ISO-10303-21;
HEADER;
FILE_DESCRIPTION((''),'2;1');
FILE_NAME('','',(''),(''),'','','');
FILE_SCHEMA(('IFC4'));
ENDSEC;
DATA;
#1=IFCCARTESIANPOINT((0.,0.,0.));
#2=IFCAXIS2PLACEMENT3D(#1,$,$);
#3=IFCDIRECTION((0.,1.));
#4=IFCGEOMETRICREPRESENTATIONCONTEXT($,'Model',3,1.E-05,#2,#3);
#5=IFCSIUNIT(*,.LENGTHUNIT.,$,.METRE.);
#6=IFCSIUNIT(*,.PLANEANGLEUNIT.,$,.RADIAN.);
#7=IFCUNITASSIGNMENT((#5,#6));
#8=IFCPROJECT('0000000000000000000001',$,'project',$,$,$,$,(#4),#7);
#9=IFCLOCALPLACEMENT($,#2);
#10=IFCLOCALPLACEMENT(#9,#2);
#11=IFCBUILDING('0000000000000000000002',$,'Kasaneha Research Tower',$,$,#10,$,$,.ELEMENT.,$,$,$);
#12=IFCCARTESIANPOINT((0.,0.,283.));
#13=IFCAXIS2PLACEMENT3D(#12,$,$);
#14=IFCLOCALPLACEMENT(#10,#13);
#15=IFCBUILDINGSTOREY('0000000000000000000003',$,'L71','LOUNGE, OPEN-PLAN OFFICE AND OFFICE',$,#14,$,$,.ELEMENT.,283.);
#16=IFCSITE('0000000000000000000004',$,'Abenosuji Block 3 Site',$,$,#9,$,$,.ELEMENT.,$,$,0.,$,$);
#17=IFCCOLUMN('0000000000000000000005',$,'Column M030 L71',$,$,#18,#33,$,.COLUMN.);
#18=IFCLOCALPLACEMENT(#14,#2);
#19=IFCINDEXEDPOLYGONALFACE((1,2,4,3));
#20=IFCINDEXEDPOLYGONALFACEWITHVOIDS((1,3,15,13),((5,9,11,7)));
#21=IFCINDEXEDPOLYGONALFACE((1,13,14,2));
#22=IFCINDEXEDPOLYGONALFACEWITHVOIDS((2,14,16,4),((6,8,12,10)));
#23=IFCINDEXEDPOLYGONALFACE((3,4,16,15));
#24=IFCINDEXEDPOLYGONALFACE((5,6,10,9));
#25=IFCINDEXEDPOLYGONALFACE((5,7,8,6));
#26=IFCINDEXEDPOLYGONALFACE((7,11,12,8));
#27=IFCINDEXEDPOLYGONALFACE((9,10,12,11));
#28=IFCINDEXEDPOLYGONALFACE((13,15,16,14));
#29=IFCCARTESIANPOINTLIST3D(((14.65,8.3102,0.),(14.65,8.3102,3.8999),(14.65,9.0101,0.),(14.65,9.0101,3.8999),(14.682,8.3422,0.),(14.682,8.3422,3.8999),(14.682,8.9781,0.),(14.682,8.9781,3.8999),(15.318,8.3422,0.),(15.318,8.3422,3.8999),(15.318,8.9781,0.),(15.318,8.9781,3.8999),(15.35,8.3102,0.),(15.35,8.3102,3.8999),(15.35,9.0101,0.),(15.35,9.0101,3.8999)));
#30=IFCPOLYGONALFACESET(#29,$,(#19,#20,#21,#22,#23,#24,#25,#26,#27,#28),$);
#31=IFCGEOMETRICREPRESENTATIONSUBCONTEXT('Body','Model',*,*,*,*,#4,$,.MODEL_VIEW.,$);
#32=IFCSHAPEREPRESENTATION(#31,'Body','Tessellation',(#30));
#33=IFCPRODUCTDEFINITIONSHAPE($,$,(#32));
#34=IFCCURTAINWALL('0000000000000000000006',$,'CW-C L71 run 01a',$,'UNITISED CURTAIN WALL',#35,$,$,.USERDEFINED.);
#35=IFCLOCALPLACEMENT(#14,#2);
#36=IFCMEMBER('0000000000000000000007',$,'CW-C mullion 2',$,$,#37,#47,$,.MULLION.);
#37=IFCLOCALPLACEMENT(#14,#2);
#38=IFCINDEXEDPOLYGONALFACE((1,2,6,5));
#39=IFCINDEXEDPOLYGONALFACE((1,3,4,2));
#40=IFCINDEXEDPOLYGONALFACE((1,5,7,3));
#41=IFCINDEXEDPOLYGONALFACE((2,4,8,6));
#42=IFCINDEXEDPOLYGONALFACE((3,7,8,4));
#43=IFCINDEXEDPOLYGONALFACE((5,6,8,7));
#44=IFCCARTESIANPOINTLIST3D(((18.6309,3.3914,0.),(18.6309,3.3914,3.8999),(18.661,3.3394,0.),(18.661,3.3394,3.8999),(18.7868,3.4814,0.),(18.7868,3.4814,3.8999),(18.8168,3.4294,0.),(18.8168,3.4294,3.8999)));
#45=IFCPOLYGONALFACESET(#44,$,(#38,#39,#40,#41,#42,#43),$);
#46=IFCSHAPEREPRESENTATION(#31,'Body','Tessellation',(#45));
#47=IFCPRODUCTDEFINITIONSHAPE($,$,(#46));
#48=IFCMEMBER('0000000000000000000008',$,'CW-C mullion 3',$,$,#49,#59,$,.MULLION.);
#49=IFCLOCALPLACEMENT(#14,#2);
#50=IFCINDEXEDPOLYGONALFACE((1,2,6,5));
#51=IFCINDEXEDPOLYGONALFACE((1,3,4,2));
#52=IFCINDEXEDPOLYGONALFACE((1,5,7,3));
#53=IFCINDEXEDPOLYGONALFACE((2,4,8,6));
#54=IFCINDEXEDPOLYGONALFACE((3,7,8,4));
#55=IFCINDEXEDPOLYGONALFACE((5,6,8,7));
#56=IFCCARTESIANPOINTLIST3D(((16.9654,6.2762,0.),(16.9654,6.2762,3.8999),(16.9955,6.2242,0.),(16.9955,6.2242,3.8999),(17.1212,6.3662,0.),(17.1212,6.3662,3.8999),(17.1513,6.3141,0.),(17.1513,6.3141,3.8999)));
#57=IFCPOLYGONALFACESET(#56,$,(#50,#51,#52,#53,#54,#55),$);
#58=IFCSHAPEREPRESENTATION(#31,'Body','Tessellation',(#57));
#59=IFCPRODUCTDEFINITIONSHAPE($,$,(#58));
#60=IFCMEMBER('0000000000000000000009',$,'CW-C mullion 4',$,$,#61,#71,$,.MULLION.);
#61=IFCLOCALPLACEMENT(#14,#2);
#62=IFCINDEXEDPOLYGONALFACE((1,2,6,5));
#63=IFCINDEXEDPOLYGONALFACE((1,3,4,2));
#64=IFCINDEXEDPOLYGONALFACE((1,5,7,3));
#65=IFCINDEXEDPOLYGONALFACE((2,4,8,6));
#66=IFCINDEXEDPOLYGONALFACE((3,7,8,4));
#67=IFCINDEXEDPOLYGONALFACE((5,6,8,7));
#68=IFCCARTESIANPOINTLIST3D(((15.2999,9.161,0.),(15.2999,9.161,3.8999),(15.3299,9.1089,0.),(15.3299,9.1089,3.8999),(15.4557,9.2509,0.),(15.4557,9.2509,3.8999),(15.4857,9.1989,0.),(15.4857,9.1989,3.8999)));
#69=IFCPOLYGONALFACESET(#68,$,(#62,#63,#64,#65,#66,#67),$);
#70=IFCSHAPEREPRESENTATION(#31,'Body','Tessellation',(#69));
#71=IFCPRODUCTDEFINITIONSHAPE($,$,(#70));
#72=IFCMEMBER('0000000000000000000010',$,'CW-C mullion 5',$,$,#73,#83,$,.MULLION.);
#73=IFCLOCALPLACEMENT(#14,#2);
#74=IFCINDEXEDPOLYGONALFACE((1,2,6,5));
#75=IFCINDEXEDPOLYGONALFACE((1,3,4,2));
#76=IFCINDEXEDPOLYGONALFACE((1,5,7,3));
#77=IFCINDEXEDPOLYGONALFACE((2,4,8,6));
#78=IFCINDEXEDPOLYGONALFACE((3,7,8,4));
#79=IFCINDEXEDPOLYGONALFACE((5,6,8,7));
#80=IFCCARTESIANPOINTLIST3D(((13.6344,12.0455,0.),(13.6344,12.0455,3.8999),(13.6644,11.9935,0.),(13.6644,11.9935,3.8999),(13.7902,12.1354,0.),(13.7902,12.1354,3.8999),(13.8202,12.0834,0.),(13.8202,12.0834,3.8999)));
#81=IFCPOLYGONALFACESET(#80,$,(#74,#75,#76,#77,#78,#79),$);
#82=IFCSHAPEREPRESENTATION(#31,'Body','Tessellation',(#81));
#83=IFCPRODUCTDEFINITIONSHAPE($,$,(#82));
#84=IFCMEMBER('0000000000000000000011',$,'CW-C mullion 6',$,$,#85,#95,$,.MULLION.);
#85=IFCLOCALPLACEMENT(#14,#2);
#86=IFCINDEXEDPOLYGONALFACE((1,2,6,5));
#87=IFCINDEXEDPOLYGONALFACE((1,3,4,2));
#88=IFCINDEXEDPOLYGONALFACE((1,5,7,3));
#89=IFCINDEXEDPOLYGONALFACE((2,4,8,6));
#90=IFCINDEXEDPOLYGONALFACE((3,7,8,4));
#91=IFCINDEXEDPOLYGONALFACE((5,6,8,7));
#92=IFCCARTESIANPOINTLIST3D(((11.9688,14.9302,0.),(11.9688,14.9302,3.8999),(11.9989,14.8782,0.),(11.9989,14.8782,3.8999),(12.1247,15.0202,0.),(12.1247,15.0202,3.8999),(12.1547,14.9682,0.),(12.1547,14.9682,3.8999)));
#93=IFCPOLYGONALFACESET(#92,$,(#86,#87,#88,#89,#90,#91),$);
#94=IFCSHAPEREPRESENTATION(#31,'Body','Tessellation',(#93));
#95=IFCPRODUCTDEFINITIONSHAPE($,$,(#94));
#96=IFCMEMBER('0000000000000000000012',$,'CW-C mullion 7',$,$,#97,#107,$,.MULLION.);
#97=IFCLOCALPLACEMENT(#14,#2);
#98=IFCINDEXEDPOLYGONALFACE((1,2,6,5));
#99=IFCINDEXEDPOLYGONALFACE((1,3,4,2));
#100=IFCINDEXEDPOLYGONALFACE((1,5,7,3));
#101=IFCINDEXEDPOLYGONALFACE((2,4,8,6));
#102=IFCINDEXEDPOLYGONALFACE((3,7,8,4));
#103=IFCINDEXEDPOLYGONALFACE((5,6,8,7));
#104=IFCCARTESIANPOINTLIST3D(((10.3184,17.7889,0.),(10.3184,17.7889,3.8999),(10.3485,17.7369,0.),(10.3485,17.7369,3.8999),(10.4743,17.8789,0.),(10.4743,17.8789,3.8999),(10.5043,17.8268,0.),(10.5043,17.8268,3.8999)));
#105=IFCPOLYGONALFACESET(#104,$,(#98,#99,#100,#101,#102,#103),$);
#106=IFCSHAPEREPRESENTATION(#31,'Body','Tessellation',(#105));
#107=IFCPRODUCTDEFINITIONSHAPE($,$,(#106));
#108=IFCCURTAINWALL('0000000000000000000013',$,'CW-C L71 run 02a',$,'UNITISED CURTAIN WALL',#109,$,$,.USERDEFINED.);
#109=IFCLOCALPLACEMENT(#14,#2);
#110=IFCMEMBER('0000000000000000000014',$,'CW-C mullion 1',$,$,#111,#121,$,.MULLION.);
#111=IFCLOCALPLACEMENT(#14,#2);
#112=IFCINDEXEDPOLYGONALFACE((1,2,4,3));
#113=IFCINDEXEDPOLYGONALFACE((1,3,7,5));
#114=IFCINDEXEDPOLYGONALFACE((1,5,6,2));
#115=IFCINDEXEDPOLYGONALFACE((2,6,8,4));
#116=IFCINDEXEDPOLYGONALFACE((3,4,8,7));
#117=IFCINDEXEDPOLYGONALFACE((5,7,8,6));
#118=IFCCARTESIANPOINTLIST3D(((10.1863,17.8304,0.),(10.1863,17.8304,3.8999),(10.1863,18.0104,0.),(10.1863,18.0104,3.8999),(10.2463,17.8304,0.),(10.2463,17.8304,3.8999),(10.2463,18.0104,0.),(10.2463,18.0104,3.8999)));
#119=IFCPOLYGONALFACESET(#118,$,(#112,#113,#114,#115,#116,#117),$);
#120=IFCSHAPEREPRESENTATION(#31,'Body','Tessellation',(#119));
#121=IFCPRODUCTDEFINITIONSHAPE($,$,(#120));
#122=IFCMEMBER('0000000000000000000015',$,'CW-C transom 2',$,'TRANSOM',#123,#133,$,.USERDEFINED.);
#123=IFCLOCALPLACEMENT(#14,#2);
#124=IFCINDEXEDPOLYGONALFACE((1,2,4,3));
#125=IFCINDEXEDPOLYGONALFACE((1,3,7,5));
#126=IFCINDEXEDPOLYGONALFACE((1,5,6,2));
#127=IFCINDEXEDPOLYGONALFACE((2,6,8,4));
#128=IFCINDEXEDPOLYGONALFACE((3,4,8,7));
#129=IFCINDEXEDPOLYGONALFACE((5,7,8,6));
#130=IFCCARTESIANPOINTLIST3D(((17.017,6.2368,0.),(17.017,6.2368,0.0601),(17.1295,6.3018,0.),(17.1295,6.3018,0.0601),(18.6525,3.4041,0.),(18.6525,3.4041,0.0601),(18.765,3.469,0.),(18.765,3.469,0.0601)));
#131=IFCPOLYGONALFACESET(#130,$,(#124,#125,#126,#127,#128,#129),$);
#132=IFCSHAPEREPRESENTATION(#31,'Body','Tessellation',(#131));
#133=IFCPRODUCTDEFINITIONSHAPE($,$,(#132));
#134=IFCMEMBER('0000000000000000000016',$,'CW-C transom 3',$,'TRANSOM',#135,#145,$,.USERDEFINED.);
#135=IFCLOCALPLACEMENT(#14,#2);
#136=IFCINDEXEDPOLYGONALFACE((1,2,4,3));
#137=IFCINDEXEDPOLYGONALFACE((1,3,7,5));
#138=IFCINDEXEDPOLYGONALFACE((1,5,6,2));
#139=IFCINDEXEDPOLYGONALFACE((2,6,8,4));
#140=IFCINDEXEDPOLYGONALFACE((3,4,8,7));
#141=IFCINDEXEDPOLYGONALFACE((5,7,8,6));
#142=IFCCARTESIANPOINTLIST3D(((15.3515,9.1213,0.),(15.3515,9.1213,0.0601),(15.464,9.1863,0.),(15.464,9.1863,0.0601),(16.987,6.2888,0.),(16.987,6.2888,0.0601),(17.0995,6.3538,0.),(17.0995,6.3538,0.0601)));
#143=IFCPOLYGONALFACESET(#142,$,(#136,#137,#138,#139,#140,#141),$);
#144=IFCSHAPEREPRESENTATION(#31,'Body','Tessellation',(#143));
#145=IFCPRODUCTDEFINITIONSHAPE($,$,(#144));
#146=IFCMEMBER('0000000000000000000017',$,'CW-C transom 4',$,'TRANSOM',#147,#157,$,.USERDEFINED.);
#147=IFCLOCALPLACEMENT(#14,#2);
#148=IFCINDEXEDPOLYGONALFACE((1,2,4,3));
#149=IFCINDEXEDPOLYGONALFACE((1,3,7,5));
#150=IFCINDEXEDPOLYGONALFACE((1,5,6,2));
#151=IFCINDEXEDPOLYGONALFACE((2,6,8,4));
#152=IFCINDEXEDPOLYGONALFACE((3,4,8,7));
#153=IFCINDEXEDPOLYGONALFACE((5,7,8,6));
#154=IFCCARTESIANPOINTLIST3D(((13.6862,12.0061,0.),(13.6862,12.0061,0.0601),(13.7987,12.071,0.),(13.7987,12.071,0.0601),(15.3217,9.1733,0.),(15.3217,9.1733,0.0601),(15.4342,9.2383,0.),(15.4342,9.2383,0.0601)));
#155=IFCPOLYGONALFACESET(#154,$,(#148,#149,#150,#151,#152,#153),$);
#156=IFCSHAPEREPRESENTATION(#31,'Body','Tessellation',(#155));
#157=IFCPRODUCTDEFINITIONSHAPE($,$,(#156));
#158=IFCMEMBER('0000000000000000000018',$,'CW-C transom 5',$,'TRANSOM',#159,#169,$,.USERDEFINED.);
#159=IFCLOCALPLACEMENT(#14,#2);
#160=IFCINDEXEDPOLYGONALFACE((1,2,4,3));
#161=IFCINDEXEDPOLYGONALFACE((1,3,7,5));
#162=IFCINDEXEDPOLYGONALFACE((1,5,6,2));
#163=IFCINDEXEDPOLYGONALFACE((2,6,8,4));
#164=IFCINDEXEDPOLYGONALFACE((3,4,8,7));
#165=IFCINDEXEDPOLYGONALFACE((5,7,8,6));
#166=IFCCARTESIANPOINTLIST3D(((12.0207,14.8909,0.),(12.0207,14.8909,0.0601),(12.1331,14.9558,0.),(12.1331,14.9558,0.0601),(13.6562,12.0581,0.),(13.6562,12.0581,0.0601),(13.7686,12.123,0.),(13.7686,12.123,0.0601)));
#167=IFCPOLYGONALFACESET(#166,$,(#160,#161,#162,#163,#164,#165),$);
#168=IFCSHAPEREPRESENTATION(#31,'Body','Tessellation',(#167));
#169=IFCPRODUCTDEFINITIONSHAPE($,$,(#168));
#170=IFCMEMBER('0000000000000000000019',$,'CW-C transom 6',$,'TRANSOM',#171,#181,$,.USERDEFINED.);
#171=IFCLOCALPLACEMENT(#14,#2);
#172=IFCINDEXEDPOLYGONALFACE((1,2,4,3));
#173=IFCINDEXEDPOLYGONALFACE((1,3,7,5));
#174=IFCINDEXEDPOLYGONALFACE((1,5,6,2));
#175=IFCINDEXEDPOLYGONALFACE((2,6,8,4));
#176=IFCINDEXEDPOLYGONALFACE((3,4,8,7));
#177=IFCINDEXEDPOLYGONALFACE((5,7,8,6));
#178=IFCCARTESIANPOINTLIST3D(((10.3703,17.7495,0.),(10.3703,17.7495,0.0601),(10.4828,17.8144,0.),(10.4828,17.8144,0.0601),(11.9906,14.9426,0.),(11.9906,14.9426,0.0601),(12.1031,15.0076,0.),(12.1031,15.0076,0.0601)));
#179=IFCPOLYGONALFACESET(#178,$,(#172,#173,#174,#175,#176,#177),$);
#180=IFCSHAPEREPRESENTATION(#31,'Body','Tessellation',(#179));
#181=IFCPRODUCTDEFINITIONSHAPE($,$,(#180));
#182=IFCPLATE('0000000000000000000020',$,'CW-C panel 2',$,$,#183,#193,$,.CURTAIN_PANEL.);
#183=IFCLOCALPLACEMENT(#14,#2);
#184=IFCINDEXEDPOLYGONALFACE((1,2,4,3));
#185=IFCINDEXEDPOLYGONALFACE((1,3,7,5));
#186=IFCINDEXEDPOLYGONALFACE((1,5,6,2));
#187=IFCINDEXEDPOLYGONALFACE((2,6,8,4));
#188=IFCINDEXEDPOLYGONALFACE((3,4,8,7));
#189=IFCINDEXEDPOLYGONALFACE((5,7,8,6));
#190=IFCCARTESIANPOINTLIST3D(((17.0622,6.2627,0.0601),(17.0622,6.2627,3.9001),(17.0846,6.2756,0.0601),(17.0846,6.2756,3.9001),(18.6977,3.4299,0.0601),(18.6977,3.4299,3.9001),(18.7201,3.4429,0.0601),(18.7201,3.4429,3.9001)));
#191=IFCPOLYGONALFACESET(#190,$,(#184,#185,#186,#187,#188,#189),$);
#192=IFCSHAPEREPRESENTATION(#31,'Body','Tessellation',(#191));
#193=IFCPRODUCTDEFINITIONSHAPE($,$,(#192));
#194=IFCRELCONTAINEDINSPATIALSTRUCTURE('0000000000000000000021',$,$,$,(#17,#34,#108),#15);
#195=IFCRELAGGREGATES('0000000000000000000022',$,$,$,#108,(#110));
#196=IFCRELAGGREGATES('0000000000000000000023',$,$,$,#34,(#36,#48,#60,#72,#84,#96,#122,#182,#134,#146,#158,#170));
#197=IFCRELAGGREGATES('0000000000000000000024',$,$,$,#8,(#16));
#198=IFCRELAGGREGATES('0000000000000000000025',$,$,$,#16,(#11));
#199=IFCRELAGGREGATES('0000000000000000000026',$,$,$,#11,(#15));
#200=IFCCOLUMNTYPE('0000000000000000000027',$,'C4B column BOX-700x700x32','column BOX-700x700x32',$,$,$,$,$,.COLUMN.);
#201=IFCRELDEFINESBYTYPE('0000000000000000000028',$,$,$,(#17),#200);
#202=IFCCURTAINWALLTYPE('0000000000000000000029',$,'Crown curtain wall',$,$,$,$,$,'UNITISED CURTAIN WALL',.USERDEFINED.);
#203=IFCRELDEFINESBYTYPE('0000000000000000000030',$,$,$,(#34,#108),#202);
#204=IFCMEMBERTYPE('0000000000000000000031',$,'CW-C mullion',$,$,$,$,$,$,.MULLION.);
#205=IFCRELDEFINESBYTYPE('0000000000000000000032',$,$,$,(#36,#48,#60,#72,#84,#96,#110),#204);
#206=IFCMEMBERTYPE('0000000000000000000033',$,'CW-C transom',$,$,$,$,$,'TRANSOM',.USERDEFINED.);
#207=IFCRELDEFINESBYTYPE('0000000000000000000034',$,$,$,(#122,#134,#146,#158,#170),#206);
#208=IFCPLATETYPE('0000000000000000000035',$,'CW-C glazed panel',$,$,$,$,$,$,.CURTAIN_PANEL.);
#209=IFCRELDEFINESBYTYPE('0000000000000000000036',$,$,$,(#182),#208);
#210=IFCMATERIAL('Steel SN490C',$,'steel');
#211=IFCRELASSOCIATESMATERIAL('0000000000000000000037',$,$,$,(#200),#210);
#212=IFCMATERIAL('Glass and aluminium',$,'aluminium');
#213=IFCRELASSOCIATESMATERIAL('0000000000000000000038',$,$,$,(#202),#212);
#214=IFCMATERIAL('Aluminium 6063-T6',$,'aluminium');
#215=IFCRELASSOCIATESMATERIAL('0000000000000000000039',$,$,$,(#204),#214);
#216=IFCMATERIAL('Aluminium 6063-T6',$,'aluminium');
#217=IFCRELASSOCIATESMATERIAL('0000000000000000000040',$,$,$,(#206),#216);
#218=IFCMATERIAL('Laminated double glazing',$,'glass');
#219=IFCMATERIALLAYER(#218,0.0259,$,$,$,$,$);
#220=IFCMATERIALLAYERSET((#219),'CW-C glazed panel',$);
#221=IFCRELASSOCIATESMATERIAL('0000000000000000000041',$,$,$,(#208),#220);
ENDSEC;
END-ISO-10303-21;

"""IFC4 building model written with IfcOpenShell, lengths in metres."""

from ifc_helpers import new_model, si_unit, direction, frame, origin, origin_2d, place, context, subcontext, project, spatial, rectangle, hollow_rectangle, extrude, material, layer, layer_set, material_profile, profile_set, type_object, element, aggregate, save


model = new_model("IFC4")

# Units and contexts
model_context = context("Model", 3, precision=1e-05, world=origin(), true_north=direction((0.0, 1.0)))
body_context = subcontext(model_context, "Body", "Model", "MODEL_VIEW")
ifc_project = project(units=[si_unit("LENGTHUNIT", "METRE"), si_unit("PLANEANGLEUNIT", "RADIAN")], contexts=[model_context])

# Site, building, storey
site_placement = place(None, origin())
site = spatial("IfcSite", under=ifc_project, at=site_placement, Name="Abenosuji Block 3 Site", CompositionType="ELEMENT", RefElevation=0.0)
building_placement = place(site_placement, origin())
building = spatial("IfcBuilding", under=site, at=building_placement, Name="Kasaneha Research Tower", CompositionType="ELEMENT")
storey_placement = place(building_placement, frame((0.0, 0.0, 283.0)))
storey = spatial("IfcBuildingStorey", under=building, at=storey_placement, Name="L71", Description="LOUNGE, OPEN-PLAN OFFICE AND OFFICE", CompositionType="ELEMENT", Elevation=283.0)

# Column
ifc_material_1 = material(Name="Steel SN490C", Category="steel")
ifc_material_profile_1 = material_profile(ifc_material_1, hollow_rectangle(XDim=0.7, YDim=0.7, WallThickness=0.032, at=origin_2d()), Name="BOX-700x700x32")
ifc_profile_set_1 = profile_set([ifc_material_profile_1], Name="Steel SN490C")
column_type = type_object("IfcColumnType", Name="C4B column BOX-700x700x32", Description="column BOX-700x700x32", PredefinedType="COLUMN", material=ifc_profile_set_1)
column_placement = place(storey_placement, frame((15.0, 8.6602, 0.0), z_axis=(0.0, 0.0, 1.0), x_axis=(1.0, 0.0, 0.0)))
element("IfcColumn", 1, at=column_placement, inside=storey, type_object=column_type, Name="Column M030 L71", PredefinedType="COLUMN", context=body_context, shape_type="SweptSolid", body=[
    extrude(hollow_rectangle(XDim=0.7, YDim=0.7, WallThickness=0.032, at=origin_2d()), origin(), (0.0, 0.0, 1.0), 3.8999),
])

# Curtain wall, members
ifc_material_2 = material(Name="Glass and aluminium", Category="aluminium")
curtain_wall_type = type_object("IfcCurtainWallType", Name="Crown curtain wall", ElementType="UNITISED CURTAIN WALL", PredefinedType="USERDEFINED", material=ifc_material_2)
curtain_wall_1_placement = place(storey_placement, origin())
curtain_wall_1 = element("IfcCurtainWall", 2, at=curtain_wall_1_placement, inside=storey, type_object=curtain_wall_type, Name="CW-C L71 run 01a", ObjectType="UNITISED CURTAIN WALL", PredefinedType="USERDEFINED")
ifc_material_3 = material(Name="Aluminium 6063-T6", Category="aluminium")
ifc_material_profile_2 = material_profile(ifc_material_3, rectangle(XDim=0.0601, YDim=0.1799, at=origin_2d()), Name="CW-C mullion 60x180")
ifc_profile_set_2 = profile_set([ifc_material_profile_2], Name="Aluminium 6063-T6")
member_type_1 = type_object("IfcMemberType", Name="CW-C mullion", PredefinedType="MULLION", material=ifc_profile_set_2)
member_1_placement = place(storey_placement, frame((18.7239, 3.4104, 0.0), z_axis=(0.0, 0.0, 1.0), x_axis=(-0.5, 0.866025, 0.0)))
member_1 = element("IfcMember", 3, at=member_1_placement, type_object=member_type_1, Name="CW-C mullion 2", PredefinedType="MULLION", context=body_context, shape_type="SweptSolid", body=[
    extrude(rectangle(XDim=0.0601, YDim=0.1799, at=origin_2d()), origin(), (0.0, 0.0, 1.0), 3.8999),
])
member_2_placement = place(storey_placement, frame((17.0583, 6.2952, 0.0), z_axis=(0.0, 0.0, 1.0), x_axis=(-0.5, 0.866025, 0.0)))
member_2 = element("IfcMember", 4, at=member_2_placement, type_object=member_type_1, Name="CW-C mullion 3", PredefinedType="MULLION", context=body_context, shape_type="SweptSolid", body=[
    extrude(rectangle(XDim=0.0601, YDim=0.1799, at=origin_2d()), origin(), (0.0, 0.0, 1.0), 3.8999),
])
member_3_placement = place(storey_placement, frame((15.3928, 9.1799, 0.0), z_axis=(0.0, 0.0, 1.0), x_axis=(-0.5, 0.866025, 0.0)))
member_3 = element("IfcMember", 5, at=member_3_placement, type_object=member_type_1, Name="CW-C mullion 4", PredefinedType="MULLION", context=body_context, shape_type="SweptSolid", body=[
    extrude(rectangle(XDim=0.0601, YDim=0.1799, at=origin_2d()), origin(), (0.0, 0.0, 1.0), 3.8999),
])
member_4_placement = place(storey_placement, frame((13.7273, 12.0645, 0.0), z_axis=(0.0, 0.0, 1.0), x_axis=(-0.5, 0.866025, 0.0)))
member_4 = element("IfcMember", 6, at=member_4_placement, type_object=member_type_1, Name="CW-C mullion 5", PredefinedType="MULLION", context=body_context, shape_type="SweptSolid", body=[
    extrude(rectangle(XDim=0.0601, YDim=0.1799, at=origin_2d()), origin(), (0.0, 0.0, 1.0), 3.8999),
])
member_5_placement = place(storey_placement, frame((12.0618, 14.9492, 0.0), z_axis=(0.0, 0.0, 1.0), x_axis=(-0.5, 0.866025, 0.0)))
member_5 = element("IfcMember", 7, at=member_5_placement, type_object=member_type_1, Name="CW-C mullion 6", PredefinedType="MULLION", context=body_context, shape_type="SweptSolid", body=[
    extrude(rectangle(XDim=0.0601, YDim=0.1799, at=origin_2d()), origin(), (0.0, 0.0, 1.0), 3.8999),
])
member_6_placement = place(storey_placement, frame((10.4114, 17.8079, 0.0), z_axis=(0.0, 0.0, 1.0), x_axis=(-0.5, 0.866025, 0.0)))
member_6 = element("IfcMember", 8, at=member_6_placement, type_object=member_type_1, Name="CW-C mullion 7", PredefinedType="MULLION", context=body_context, shape_type="SweptSolid", body=[
    extrude(rectangle(XDim=0.0601, YDim=0.1799, at=origin_2d()), origin(), (0.0, 0.0, 1.0), 3.8999),
])

# Curtain wall, member
curtain_wall_2_placement = place(storey_placement, origin())
curtain_wall_2 = element("IfcCurtainWall", 9, at=curtain_wall_2_placement, inside=storey, type_object=curtain_wall_type, Name="CW-C L71 run 02a", ObjectType="UNITISED CURTAIN WALL", PredefinedType="USERDEFINED")
member_7_placement = place(storey_placement, frame((10.2163, 17.9204, 0.0), z_axis=(0.0, 0.0, 1.0), x_axis=(-1.0, 0.0, 0.0)))
member_7 = element("IfcMember", 10, at=member_7_placement, type_object=member_type_1, Name="CW-C mullion 1", PredefinedType="MULLION", context=body_context, shape_type="SweptSolid", body=[
    extrude(rectangle(XDim=0.0601, YDim=0.1799, at=origin_2d()), origin(), (0.0, 0.0, 1.0), 3.8999),
])
aggregate(curtain_wall_2, [member_7])

# Members
ifc_material_4 = material(Name="Aluminium 6063-T6", Category="aluminium")
ifc_material_profile_3 = material_profile(ifc_material_4, rectangle(XDim=0.1299, YDim=0.0601, at=origin_2d()), Name="CW-C transom 130x60")
ifc_profile_set_3 = profile_set([ifc_material_profile_3], Name="Aluminium 6063-T6")
member_type_2 = type_object("IfcMemberType", Name="CW-C transom", ElementType="TRANSOM", PredefinedType="USERDEFINED", material=ifc_profile_set_3)
member_8_placement = place(storey_placement, frame((18.7087, 3.4365, 0.03), z_axis=(-0.5, 0.866025, 0.0), x_axis=(-0.866025, -0.5, 0.0)))
member_8 = element("IfcMember", 11, at=member_8_placement, type_object=member_type_2, Name="CW-C transom 2", ObjectType="TRANSOM", PredefinedType="USERDEFINED", context=body_context, shape_type="SweptSolid", body=[
    extrude(rectangle(XDim=0.1299, YDim=0.0601, at=origin_2d()), origin(), (0.0, 0.0, 1.0), 3.271),
])
member_9_placement = place(storey_placement, frame((17.0432, 6.3213, 0.03), z_axis=(-0.500033, 0.866007, 0.0), x_axis=(-0.866007, -0.500033, 0.0)))
member_9 = element("IfcMember", 12, at=member_9_placement, type_object=member_type_2, Name="CW-C transom 3", ObjectType="TRANSOM", PredefinedType="USERDEFINED", context=body_context, shape_type="SweptSolid", body=[
    extrude(rectangle(XDim=0.1299, YDim=0.0601, at=origin_2d()), origin(), (0.0, 0.0, 1.0), 3.2708),
])
member_10_placement = place(storey_placement, frame((15.3779, 9.2058, 0.03), z_axis=(-0.5, 0.866025, 0.0), x_axis=(-0.866025, -0.5, 0.0)))
member_10 = element("IfcMember", 13, at=member_10_placement, type_object=member_type_2, Name="CW-C transom 4", ObjectType="TRANSOM", PredefinedType="USERDEFINED", context=body_context, shape_type="SweptSolid", body=[
    extrude(rectangle(XDim=0.1299, YDim=0.0601, at=origin_2d()), origin(), (0.0, 0.0, 1.0), 3.271),
])
member_11_placement = place(storey_placement, frame((13.7124, 12.0906, 0.03), z_axis=(-0.5, 0.866025, 0.0), x_axis=(-0.866025, -0.5, 0.0)))
member_11 = element("IfcMember", 14, at=member_11_placement, type_object=member_type_2, Name="CW-C transom 5", ObjectType="TRANSOM", PredefinedType="USERDEFINED", context=body_context, shape_type="SweptSolid", body=[
    extrude(rectangle(XDim=0.1299, YDim=0.0601, at=origin_2d()), origin(), (0.0, 0.0, 1.0), 3.271),
])
member_12_placement = place(storey_placement, frame((12.0469, 14.9751, 0.03), z_axis=(-0.499955, 0.866051, 0.0), x_axis=(-0.866051, -0.499955, 0.0)))
member_12 = element("IfcMember", 15, at=member_12_placement, type_object=member_type_2, Name="CW-C transom 6", ObjectType="TRANSOM", PredefinedType="USERDEFINED", context=body_context, shape_type="SweptSolid", body=[
    extrude(rectangle(XDim=0.1299, YDim=0.0601, at=origin_2d()), origin(), (0.0, 0.0, 1.0), 3.241),
])

# Plate
ifc_material_5 = material(Name="Laminated double glazing", Category="glass")
ifc_layer_1 = layer(ifc_material_5, 0.0259)
ifc_layer_set_1 = layer_set([ifc_layer_1], Name="CW-C glazed panel")
plate_type = type_object("IfcPlateType", Name="CW-C glazed panel", PredefinedType="CURTAIN_PANEL", material=ifc_layer_set_1)
plate_1_placement = place(storey_placement, frame((17.8911, 4.8528, 0.0601), z_axis=(0.0, 0.0, 1.0), x_axis=(-0.5, 0.866025, 0.0)))
plate_1 = element("IfcPlate", 16, at=plate_1_placement, type_object=plate_type, Name="CW-C panel 2", PredefinedType="CURTAIN_PANEL", context=body_context, shape_type="SweptSolid", body=[
    extrude(rectangle(XDim=3.271, YDim=0.0259, at=origin_2d()), origin(), (0.0, 0.0, 1.0), 3.8401),
])
aggregate(curtain_wall_1, [member_1, member_2, member_3, member_4, member_5, member_6, member_8, plate_1, member_9, member_10, member_11, member_12])

save(model, "model.ifc")
